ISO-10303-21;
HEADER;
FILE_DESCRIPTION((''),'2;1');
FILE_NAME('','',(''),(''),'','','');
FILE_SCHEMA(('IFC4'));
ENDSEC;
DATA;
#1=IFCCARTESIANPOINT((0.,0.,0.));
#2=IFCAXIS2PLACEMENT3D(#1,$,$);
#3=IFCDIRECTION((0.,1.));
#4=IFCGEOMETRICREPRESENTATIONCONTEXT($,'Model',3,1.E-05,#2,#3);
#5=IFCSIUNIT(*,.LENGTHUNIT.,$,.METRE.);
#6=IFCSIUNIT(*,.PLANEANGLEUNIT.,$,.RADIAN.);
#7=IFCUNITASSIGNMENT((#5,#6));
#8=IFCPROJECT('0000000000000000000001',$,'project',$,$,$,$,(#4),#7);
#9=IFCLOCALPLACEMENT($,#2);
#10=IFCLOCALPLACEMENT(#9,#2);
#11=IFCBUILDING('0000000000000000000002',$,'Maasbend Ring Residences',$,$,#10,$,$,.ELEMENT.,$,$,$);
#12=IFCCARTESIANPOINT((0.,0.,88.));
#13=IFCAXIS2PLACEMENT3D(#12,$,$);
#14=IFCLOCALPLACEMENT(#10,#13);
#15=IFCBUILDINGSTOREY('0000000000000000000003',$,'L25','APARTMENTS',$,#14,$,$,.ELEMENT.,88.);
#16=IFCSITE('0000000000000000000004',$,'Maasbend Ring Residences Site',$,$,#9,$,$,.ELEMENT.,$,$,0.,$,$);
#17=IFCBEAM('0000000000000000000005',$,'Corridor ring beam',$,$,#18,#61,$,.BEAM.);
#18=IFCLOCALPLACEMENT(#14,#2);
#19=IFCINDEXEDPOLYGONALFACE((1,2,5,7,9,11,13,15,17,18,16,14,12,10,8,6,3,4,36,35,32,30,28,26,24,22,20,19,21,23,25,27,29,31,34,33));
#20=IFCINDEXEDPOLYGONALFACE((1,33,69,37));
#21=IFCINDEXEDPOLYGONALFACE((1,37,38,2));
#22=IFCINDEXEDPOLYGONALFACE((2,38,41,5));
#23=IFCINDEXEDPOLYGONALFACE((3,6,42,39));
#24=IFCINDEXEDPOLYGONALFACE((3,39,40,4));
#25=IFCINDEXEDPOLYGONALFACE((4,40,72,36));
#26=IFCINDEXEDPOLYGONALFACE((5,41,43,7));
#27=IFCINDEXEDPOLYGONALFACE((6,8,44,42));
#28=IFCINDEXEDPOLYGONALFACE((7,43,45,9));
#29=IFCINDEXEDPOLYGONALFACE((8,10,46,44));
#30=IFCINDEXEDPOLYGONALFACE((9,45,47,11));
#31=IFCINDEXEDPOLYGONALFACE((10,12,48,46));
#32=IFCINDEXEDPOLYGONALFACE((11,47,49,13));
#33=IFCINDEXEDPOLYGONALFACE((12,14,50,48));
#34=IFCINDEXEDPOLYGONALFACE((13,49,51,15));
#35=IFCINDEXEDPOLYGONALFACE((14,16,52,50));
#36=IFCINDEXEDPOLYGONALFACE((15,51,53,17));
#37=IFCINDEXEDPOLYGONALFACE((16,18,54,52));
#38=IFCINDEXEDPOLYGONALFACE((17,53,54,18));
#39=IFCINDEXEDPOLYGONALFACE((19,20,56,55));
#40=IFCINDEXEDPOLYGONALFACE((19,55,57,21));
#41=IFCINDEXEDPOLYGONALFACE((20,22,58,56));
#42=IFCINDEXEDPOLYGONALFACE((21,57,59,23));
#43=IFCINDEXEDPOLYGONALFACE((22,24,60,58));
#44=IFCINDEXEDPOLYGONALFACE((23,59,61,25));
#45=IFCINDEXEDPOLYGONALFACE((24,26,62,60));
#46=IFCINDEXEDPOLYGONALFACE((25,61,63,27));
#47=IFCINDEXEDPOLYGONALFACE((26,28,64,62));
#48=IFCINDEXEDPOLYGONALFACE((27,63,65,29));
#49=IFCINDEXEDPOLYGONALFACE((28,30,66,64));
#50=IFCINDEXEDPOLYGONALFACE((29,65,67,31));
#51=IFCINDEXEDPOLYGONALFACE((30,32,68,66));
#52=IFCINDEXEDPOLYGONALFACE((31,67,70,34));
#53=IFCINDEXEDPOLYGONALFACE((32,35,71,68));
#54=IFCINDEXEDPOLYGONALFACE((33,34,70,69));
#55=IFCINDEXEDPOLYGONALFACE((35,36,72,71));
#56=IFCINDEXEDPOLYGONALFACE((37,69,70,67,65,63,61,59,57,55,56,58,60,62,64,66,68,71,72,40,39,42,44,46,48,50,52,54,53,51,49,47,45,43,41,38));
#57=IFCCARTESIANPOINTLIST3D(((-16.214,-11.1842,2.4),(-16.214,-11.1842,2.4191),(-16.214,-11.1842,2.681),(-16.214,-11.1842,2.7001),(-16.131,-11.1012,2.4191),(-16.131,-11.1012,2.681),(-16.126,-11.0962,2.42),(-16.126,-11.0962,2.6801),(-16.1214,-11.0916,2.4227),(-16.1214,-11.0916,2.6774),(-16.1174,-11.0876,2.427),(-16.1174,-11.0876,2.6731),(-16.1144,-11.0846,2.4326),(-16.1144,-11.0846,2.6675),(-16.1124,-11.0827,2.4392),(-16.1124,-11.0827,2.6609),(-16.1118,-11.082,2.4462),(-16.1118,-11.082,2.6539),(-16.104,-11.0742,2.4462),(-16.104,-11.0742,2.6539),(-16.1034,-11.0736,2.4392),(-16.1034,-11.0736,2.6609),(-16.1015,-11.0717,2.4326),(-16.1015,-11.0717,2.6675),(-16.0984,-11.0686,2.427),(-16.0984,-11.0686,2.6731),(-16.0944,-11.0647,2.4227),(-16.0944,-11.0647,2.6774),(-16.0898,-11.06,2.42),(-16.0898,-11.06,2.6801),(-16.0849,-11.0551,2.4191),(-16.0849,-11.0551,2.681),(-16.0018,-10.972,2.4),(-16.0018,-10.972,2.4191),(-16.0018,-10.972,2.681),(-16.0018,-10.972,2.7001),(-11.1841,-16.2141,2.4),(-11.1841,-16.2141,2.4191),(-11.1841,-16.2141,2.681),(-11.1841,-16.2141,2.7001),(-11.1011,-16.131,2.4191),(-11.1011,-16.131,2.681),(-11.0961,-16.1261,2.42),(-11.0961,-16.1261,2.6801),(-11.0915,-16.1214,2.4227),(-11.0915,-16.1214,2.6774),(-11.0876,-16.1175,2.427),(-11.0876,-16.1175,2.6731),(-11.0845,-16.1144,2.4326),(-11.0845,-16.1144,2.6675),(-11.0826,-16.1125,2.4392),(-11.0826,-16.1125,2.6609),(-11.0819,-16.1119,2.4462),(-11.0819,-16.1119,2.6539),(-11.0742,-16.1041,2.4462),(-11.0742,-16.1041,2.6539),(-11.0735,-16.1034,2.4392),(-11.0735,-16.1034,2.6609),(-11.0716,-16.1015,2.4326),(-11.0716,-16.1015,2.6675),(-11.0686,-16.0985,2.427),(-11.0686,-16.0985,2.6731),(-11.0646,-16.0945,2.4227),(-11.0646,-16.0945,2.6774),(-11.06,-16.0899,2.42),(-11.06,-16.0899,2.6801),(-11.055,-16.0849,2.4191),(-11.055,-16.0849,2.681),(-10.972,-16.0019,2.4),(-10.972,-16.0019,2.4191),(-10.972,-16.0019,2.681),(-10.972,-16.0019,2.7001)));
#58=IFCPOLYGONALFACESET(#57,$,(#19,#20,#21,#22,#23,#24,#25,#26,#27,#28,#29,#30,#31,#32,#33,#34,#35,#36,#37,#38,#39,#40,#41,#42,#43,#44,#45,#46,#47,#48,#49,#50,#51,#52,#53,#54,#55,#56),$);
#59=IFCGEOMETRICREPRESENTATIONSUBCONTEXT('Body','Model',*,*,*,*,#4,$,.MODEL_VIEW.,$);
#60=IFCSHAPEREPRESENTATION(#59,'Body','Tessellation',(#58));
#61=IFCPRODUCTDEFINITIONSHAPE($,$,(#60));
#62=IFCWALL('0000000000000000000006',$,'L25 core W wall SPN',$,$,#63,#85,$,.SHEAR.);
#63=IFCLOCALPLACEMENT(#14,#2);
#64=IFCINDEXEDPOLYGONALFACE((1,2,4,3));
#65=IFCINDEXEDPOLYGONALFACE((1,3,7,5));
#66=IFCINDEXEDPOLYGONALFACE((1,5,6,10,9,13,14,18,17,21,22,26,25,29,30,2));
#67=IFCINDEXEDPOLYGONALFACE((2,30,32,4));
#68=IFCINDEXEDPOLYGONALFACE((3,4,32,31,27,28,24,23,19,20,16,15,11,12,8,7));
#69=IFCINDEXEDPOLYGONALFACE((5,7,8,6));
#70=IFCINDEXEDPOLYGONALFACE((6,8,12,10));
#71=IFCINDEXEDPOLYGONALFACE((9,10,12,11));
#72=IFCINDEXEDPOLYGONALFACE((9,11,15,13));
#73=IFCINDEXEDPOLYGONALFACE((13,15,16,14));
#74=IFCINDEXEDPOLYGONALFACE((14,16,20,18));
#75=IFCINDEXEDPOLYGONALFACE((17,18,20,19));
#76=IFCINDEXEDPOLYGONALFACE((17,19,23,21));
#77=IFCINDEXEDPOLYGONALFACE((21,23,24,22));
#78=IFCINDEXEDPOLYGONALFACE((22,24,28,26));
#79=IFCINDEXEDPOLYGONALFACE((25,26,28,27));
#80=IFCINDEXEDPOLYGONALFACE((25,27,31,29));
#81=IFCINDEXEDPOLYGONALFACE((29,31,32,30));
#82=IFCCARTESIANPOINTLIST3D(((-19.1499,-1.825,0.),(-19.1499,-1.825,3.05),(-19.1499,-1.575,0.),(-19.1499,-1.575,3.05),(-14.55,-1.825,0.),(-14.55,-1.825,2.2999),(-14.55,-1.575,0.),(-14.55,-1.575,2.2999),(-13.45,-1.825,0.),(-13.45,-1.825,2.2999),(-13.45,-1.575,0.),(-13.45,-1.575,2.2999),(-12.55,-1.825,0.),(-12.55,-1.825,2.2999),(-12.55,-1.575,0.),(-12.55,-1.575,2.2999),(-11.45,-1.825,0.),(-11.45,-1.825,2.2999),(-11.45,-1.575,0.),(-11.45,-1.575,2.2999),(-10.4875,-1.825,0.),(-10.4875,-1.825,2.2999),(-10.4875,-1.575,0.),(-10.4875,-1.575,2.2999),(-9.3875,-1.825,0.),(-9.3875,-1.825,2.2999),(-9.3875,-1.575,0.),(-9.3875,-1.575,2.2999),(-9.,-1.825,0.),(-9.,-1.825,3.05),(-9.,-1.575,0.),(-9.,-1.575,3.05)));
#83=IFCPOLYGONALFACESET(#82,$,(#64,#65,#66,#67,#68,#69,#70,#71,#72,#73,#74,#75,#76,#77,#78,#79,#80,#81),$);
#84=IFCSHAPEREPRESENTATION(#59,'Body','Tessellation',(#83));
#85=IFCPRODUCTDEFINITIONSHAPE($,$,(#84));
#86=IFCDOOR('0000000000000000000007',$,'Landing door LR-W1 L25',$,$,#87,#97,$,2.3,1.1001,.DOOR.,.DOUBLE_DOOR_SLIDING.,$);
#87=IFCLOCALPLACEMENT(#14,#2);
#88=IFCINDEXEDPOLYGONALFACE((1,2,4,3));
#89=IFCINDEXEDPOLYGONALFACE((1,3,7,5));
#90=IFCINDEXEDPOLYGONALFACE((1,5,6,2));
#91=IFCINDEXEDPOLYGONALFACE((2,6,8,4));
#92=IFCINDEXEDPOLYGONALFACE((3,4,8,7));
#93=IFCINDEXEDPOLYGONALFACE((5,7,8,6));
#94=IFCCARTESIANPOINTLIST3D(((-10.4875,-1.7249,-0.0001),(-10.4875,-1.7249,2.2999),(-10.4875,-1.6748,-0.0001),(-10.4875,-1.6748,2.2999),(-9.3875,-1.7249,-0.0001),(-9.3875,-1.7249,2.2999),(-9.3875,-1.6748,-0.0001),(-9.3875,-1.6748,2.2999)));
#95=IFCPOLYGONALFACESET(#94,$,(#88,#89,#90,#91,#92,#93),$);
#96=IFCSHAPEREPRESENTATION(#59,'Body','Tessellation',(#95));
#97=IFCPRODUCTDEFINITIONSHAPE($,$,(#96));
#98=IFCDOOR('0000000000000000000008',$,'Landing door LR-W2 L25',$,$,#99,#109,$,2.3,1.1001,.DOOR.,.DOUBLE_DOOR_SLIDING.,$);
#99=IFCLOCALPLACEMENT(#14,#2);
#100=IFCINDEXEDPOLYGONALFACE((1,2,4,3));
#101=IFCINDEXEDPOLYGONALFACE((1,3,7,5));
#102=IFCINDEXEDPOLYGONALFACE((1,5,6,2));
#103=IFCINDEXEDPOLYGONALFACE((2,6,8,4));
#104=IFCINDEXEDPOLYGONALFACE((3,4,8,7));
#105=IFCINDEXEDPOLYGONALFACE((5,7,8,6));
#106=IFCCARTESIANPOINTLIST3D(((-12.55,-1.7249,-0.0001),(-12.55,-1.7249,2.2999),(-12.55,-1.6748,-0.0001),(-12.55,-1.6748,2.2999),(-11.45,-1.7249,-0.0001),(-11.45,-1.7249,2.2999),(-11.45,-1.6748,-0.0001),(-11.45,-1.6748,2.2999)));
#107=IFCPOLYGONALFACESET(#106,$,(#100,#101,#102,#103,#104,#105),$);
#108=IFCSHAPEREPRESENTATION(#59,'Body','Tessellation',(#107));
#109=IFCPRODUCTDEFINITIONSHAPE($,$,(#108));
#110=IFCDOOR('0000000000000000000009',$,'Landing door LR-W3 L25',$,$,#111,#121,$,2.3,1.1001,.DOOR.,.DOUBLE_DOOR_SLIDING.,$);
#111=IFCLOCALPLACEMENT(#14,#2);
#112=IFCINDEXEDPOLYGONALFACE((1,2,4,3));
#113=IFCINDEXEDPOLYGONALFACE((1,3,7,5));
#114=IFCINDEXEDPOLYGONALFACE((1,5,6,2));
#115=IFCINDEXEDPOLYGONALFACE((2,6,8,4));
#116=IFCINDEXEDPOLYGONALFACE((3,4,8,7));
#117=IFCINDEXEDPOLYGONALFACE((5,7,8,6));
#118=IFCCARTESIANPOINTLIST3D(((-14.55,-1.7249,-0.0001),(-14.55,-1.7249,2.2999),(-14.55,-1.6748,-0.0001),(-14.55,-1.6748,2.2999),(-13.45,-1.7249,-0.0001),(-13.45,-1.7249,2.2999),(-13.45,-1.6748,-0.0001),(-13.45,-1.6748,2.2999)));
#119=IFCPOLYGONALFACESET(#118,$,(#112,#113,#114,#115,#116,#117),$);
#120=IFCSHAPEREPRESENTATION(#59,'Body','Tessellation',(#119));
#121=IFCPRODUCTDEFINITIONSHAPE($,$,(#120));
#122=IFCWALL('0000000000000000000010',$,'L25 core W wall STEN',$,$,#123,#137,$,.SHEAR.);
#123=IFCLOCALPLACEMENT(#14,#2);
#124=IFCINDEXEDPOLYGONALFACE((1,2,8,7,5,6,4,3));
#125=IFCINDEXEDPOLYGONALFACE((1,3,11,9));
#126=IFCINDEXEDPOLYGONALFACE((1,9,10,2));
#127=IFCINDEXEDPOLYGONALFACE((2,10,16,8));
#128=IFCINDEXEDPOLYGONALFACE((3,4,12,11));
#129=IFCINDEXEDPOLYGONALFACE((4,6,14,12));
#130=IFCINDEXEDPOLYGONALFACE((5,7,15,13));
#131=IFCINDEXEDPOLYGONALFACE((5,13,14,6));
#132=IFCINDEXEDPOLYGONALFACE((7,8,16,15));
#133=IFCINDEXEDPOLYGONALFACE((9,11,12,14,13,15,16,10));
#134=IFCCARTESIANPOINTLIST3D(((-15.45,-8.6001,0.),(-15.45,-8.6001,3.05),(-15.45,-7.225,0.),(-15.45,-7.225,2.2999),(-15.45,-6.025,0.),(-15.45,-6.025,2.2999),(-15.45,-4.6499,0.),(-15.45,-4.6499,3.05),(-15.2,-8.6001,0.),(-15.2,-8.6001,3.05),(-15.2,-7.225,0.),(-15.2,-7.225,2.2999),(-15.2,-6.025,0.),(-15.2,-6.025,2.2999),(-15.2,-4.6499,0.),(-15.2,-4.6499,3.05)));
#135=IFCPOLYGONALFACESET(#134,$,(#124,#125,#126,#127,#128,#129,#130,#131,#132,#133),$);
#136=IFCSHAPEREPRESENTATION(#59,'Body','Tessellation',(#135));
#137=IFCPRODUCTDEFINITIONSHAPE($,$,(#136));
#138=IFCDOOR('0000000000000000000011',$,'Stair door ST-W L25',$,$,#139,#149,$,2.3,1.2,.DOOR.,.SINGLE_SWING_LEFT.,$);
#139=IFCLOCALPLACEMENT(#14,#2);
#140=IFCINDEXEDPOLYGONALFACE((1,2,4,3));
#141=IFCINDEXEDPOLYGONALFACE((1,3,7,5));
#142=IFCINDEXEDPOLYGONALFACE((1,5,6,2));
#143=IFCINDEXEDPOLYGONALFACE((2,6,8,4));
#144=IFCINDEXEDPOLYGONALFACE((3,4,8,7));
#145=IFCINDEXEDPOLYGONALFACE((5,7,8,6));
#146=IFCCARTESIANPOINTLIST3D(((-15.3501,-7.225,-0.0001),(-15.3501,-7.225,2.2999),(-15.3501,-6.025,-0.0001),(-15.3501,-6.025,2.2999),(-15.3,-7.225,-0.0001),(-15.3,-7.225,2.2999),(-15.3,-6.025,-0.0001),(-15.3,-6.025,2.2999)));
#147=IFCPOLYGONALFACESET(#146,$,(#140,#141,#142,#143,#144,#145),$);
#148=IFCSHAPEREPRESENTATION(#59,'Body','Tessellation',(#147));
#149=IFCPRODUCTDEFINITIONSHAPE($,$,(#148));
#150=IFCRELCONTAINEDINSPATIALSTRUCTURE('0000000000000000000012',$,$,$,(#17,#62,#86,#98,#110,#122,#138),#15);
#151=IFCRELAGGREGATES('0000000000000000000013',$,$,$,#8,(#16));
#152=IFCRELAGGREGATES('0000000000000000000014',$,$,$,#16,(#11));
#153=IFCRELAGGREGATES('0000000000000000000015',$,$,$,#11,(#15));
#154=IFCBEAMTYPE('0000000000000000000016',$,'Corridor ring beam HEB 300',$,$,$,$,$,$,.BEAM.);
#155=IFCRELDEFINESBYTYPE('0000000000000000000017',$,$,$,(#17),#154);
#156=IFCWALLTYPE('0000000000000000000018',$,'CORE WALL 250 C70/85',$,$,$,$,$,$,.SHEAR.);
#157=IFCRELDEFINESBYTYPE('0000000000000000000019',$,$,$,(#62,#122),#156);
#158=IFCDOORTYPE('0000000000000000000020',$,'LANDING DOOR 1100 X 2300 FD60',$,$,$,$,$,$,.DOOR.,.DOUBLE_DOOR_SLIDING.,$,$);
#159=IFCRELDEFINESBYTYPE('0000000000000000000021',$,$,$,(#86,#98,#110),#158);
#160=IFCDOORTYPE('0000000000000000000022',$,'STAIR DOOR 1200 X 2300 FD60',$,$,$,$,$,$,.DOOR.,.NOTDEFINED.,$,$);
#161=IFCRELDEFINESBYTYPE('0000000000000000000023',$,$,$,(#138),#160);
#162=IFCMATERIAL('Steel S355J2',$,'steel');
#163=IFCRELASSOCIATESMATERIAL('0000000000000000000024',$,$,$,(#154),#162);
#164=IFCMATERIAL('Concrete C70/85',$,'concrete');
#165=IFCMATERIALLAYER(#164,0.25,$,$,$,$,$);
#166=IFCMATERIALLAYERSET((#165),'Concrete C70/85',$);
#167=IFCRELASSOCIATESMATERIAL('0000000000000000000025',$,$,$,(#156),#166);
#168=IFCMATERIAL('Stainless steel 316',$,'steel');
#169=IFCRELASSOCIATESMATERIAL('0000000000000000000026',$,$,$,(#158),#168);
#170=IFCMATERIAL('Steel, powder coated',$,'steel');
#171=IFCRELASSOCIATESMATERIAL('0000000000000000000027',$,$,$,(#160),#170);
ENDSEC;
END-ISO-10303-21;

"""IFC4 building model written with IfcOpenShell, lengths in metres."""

from ifc_helpers import new_model, si_unit, direction, frame, frame_2d, origin, origin_2d, place, context, subcontext, project, spatial, rectangle, i_section, extrude, material, layer, layer_set, material_profile, profile_set, type_object, element, fill, save


model = new_model("IFC4")

# Units and contexts
model_context = context("Model", 3, precision=1e-05, world=origin(), true_north=direction((0.0, 1.0)))
body_context = subcontext(model_context, "Body", "Model", "MODEL_VIEW")
ifc_project = project(units=[si_unit("LENGTHUNIT", "METRE"), si_unit("PLANEANGLEUNIT", "RADIAN")], contexts=[model_context])

# Site, building, storey
site_placement = place(None, origin())
site = spatial("IfcSite", under=ifc_project, at=site_placement, Name="Maasbend Ring Residences Site", CompositionType="ELEMENT", RefElevation=0.0)
building_placement = place(site_placement, origin())
building = spatial("IfcBuilding", under=site, at=building_placement, Name="Maasbend Ring Residences", CompositionType="ELEMENT")
storey_placement = place(building_placement, frame((0.0, 0.0, 88.0)))
storey = spatial("IfcBuildingStorey", under=building, at=storey_placement, Name="L25", Description="APARTMENTS", CompositionType="ELEMENT", Elevation=88.0)

# Beam
ifc_material_1 = material(Name="Steel S355J2", Category="steel")
ifc_material_profile = material_profile(ifc_material_1, i_section(OverallWidth=0.3, OverallDepth=0.3, WebThickness=0.011, FlangeThickness=0.019, FilletRadius=0.0271, at=origin_2d()), Name="HEB 300")
ifc_profile_set = profile_set([ifc_material_profile], Name="Steel S355J2")
beam_type = type_object("IfcBeamType", Name="Corridor ring beam HEB 300", PredefinedType="BEAM", material=ifc_profile_set)
beam_placement = place(storey_placement, frame((-16.1079, -11.0781, 2.55), z_axis=(0.707107, -0.707107, 0.0), x_axis=(0.707107, 0.707107, 0.0)))
element("IfcBeam", 1, at=beam_placement, inside=storey, type_object=beam_type, Name="Corridor ring beam", PredefinedType="BEAM", context=body_context, shape_type="SweptSolid", body=[
    extrude(i_section(OverallWidth=0.3, OverallDepth=0.3, WebThickness=0.011, FlangeThickness=0.019, FilletRadius=0.0271, at=origin_2d()), origin(), (0.0, 0.0, 1.0), 7.1133),
])

# Wall, openings, doors
ifc_material_2 = material(Name="Concrete C70/85", Category="concrete")
ifc_layer_1 = layer(ifc_material_2, 0.25)
ifc_layer_set_1 = layer_set([ifc_layer_1], Name="Concrete C70/85")
wall_type_1 = type_object("IfcWallType", Name="CORE WALL 250 C70/85", PredefinedType="SHEAR", material=ifc_layer_set_1)
wall_1_placement = place(storey_placement, frame((-9.0, -1.7, 0.0), z_axis=(0.0, 0.0, 1.0), x_axis=(-1.0, 0.0, 0.0)))
wall_1 = element("IfcWall", 2, at=wall_1_placement, inside=storey, type_object=wall_type_1, Name="L25 core W wall SPN", PredefinedType="SHEAR", context=body_context, shape_type="SweptSolid", body=[
    extrude(rectangle(XDim=10.1499, YDim=0.25, at=frame_2d((5.075, 0.0))), origin(), (0.0, 0.0, 1.0), 3.05),
])
opening_1_placement = place(wall_1_placement, frame((0.3875, 0.0, 0.0)))
opening_1 = element("IfcOpeningElement", 3, at=opening_1_placement, cuts=wall_1, PredefinedType="OPENING", context=body_context, shape_type="SweptSolid", body=[
    extrude(rectangle(XDim=1.1001, YDim=2.3, at=frame_2d((0.55, 1.1499))), frame((0.0, 0.135, 0.0), z_axis=(0.0, -1.0, 0.0), x_axis=(1.0, 0.0, 0.0)), (0.0, 0.0, 1.0), 0.27),
])
opening_2_placement = place(wall_1_placement, frame((2.45, 0.0, 0.0)))
opening_2 = element("IfcOpeningElement", 4, at=opening_2_placement, cuts=wall_1, PredefinedType="OPENING", context=body_context, shape_type="SweptSolid", body=[
    extrude(rectangle(XDim=1.1001, YDim=2.3, at=frame_2d((0.55, 1.1499))), frame((0.0, 0.135, 0.0), z_axis=(0.0, -1.0, 0.0), x_axis=(1.0, 0.0, 0.0)), (0.0, 0.0, 1.0), 0.27),
])
opening_3_placement = place(wall_1_placement, frame((4.45, 0.0, 0.0)))
opening_3 = element("IfcOpeningElement", 5, at=opening_3_placement, cuts=wall_1, PredefinedType="OPENING", context=body_context, shape_type="SweptSolid", body=[
    extrude(rectangle(XDim=1.1001, YDim=2.3, at=frame_2d((0.55, 1.1499))), frame((0.0, 0.135, 0.0), z_axis=(0.0, -1.0, 0.0), x_axis=(1.0, 0.0, 0.0)), (0.0, 0.0, 1.0), 0.27),
])
ifc_material_3 = material(Name="Stainless steel 316", Category="steel")
door_type_1 = type_object("IfcDoorType", Name="LANDING DOOR 1100 X 2300 FD60", OperationType="DOUBLE_DOOR_SLIDING", PredefinedType="DOOR", material=ifc_material_3)
door_1_placement = place(opening_1_placement, origin())
door_1 = element("IfcDoor", 6, at=door_1_placement, inside=storey, type_object=door_type_1, Name="Landing door LR-W1 L25", OperationType="DOUBLE_DOOR_SLIDING", OverallHeight=2.3, OverallWidth=1.1001, PredefinedType="DOOR", context=body_context, shape_type="SweptSolid", body=[
    extrude(rectangle(XDim=1.1001, YDim=2.3, at=frame_2d((0.55, 1.1499))), frame((0.0, 0.0249, 0.0), z_axis=(0.0, -1.0, 0.0), x_axis=(1.0, 0.0, 0.0)), (0.0, 0.0, 1.0), 0.05),
])
fill(opening_1, door_1)
door_2_placement = place(opening_2_placement, origin())
door_2 = element("IfcDoor", 7, at=door_2_placement, inside=storey, type_object=door_type_1, Name="Landing door LR-W2 L25", OperationType="DOUBLE_DOOR_SLIDING", OverallHeight=2.3, OverallWidth=1.1001, PredefinedType="DOOR", context=body_context, shape_type="SweptSolid", body=[
    extrude(rectangle(XDim=1.1001, YDim=2.3, at=frame_2d((0.55, 1.1499))), frame((0.0, 0.0249, 0.0), z_axis=(0.0, -1.0, 0.0), x_axis=(1.0, 0.0, 0.0)), (0.0, 0.0, 1.0), 0.05),
])
fill(opening_2, door_2)
door_3_placement = place(opening_3_placement, origin())
door_3 = element("IfcDoor", 8, at=door_3_placement, inside=storey, type_object=door_type_1, Name="Landing door LR-W3 L25", OperationType="DOUBLE_DOOR_SLIDING", OverallHeight=2.3, OverallWidth=1.1001, PredefinedType="DOOR", context=body_context, shape_type="SweptSolid", body=[
    extrude(rectangle(XDim=1.1001, YDim=2.3, at=frame_2d((0.55, 1.1499))), frame((0.0, 0.0249, 0.0), z_axis=(0.0, -1.0, 0.0), x_axis=(1.0, 0.0, 0.0)), (0.0, 0.0, 1.0), 0.05),
])
fill(opening_3, door_3)

# Wall, opening, door
wall_2_placement = place(storey_placement, frame((-15.325, -4.6499, 0.0), z_axis=(0.0, 0.0, 1.0), x_axis=(0.0, -1.0, 0.0)))
wall_2 = element("IfcWall", 9, at=wall_2_placement, inside=storey, type_object=wall_type_1, Name="L25 core W wall STEN", PredefinedType="SHEAR", context=body_context, shape_type="SweptSolid", body=[
    extrude(rectangle(XDim=3.9502, YDim=0.25, at=frame_2d((1.9751, 0.0))), origin(), (0.0, 0.0, 1.0), 3.05),
])
opening_4_placement = place(wall_2_placement, frame((1.375, 0.0, 0.0)))
opening_4 = element("IfcOpeningElement", 10, at=opening_4_placement, cuts=wall_2, PredefinedType="OPENING", context=body_context, shape_type="SweptSolid", body=[
    extrude(rectangle(XDim=1.2, YDim=2.3, at=frame_2d((0.6001, 1.1499))), frame((0.0, 0.135, 0.0), z_axis=(0.0, -1.0, 0.0), x_axis=(1.0, 0.0, 0.0)), (0.0, 0.0, 1.0), 0.27),
])
ifc_material_4 = material(Name="Steel, powder coated", Category="steel")
door_type_2 = type_object("IfcDoorType", Name="STAIR DOOR 1200 X 2300 FD60", OperationType="NOTDEFINED", PredefinedType="DOOR", material=ifc_material_4)
door_4_placement = place(opening_4_placement, origin())
door_4 = element("IfcDoor", 11, at=door_4_placement, inside=storey, type_object=door_type_2, Name="Stair door ST-W L25", OperationType="SINGLE_SWING_LEFT", OverallHeight=2.3, OverallWidth=1.2, PredefinedType="DOOR", context=body_context, shape_type="SweptSolid", body=[
    extrude(rectangle(XDim=1.2, YDim=2.3, at=frame_2d((0.6001, 1.1499))), frame((0.0, 0.0249, 0.0), z_axis=(0.0, -1.0, 0.0), x_axis=(1.0, 0.0, 0.0)), (0.0, 0.0, 1.0), 0.05),
])
fill(opening_4, door_4)

save(model, "model.ifc")
